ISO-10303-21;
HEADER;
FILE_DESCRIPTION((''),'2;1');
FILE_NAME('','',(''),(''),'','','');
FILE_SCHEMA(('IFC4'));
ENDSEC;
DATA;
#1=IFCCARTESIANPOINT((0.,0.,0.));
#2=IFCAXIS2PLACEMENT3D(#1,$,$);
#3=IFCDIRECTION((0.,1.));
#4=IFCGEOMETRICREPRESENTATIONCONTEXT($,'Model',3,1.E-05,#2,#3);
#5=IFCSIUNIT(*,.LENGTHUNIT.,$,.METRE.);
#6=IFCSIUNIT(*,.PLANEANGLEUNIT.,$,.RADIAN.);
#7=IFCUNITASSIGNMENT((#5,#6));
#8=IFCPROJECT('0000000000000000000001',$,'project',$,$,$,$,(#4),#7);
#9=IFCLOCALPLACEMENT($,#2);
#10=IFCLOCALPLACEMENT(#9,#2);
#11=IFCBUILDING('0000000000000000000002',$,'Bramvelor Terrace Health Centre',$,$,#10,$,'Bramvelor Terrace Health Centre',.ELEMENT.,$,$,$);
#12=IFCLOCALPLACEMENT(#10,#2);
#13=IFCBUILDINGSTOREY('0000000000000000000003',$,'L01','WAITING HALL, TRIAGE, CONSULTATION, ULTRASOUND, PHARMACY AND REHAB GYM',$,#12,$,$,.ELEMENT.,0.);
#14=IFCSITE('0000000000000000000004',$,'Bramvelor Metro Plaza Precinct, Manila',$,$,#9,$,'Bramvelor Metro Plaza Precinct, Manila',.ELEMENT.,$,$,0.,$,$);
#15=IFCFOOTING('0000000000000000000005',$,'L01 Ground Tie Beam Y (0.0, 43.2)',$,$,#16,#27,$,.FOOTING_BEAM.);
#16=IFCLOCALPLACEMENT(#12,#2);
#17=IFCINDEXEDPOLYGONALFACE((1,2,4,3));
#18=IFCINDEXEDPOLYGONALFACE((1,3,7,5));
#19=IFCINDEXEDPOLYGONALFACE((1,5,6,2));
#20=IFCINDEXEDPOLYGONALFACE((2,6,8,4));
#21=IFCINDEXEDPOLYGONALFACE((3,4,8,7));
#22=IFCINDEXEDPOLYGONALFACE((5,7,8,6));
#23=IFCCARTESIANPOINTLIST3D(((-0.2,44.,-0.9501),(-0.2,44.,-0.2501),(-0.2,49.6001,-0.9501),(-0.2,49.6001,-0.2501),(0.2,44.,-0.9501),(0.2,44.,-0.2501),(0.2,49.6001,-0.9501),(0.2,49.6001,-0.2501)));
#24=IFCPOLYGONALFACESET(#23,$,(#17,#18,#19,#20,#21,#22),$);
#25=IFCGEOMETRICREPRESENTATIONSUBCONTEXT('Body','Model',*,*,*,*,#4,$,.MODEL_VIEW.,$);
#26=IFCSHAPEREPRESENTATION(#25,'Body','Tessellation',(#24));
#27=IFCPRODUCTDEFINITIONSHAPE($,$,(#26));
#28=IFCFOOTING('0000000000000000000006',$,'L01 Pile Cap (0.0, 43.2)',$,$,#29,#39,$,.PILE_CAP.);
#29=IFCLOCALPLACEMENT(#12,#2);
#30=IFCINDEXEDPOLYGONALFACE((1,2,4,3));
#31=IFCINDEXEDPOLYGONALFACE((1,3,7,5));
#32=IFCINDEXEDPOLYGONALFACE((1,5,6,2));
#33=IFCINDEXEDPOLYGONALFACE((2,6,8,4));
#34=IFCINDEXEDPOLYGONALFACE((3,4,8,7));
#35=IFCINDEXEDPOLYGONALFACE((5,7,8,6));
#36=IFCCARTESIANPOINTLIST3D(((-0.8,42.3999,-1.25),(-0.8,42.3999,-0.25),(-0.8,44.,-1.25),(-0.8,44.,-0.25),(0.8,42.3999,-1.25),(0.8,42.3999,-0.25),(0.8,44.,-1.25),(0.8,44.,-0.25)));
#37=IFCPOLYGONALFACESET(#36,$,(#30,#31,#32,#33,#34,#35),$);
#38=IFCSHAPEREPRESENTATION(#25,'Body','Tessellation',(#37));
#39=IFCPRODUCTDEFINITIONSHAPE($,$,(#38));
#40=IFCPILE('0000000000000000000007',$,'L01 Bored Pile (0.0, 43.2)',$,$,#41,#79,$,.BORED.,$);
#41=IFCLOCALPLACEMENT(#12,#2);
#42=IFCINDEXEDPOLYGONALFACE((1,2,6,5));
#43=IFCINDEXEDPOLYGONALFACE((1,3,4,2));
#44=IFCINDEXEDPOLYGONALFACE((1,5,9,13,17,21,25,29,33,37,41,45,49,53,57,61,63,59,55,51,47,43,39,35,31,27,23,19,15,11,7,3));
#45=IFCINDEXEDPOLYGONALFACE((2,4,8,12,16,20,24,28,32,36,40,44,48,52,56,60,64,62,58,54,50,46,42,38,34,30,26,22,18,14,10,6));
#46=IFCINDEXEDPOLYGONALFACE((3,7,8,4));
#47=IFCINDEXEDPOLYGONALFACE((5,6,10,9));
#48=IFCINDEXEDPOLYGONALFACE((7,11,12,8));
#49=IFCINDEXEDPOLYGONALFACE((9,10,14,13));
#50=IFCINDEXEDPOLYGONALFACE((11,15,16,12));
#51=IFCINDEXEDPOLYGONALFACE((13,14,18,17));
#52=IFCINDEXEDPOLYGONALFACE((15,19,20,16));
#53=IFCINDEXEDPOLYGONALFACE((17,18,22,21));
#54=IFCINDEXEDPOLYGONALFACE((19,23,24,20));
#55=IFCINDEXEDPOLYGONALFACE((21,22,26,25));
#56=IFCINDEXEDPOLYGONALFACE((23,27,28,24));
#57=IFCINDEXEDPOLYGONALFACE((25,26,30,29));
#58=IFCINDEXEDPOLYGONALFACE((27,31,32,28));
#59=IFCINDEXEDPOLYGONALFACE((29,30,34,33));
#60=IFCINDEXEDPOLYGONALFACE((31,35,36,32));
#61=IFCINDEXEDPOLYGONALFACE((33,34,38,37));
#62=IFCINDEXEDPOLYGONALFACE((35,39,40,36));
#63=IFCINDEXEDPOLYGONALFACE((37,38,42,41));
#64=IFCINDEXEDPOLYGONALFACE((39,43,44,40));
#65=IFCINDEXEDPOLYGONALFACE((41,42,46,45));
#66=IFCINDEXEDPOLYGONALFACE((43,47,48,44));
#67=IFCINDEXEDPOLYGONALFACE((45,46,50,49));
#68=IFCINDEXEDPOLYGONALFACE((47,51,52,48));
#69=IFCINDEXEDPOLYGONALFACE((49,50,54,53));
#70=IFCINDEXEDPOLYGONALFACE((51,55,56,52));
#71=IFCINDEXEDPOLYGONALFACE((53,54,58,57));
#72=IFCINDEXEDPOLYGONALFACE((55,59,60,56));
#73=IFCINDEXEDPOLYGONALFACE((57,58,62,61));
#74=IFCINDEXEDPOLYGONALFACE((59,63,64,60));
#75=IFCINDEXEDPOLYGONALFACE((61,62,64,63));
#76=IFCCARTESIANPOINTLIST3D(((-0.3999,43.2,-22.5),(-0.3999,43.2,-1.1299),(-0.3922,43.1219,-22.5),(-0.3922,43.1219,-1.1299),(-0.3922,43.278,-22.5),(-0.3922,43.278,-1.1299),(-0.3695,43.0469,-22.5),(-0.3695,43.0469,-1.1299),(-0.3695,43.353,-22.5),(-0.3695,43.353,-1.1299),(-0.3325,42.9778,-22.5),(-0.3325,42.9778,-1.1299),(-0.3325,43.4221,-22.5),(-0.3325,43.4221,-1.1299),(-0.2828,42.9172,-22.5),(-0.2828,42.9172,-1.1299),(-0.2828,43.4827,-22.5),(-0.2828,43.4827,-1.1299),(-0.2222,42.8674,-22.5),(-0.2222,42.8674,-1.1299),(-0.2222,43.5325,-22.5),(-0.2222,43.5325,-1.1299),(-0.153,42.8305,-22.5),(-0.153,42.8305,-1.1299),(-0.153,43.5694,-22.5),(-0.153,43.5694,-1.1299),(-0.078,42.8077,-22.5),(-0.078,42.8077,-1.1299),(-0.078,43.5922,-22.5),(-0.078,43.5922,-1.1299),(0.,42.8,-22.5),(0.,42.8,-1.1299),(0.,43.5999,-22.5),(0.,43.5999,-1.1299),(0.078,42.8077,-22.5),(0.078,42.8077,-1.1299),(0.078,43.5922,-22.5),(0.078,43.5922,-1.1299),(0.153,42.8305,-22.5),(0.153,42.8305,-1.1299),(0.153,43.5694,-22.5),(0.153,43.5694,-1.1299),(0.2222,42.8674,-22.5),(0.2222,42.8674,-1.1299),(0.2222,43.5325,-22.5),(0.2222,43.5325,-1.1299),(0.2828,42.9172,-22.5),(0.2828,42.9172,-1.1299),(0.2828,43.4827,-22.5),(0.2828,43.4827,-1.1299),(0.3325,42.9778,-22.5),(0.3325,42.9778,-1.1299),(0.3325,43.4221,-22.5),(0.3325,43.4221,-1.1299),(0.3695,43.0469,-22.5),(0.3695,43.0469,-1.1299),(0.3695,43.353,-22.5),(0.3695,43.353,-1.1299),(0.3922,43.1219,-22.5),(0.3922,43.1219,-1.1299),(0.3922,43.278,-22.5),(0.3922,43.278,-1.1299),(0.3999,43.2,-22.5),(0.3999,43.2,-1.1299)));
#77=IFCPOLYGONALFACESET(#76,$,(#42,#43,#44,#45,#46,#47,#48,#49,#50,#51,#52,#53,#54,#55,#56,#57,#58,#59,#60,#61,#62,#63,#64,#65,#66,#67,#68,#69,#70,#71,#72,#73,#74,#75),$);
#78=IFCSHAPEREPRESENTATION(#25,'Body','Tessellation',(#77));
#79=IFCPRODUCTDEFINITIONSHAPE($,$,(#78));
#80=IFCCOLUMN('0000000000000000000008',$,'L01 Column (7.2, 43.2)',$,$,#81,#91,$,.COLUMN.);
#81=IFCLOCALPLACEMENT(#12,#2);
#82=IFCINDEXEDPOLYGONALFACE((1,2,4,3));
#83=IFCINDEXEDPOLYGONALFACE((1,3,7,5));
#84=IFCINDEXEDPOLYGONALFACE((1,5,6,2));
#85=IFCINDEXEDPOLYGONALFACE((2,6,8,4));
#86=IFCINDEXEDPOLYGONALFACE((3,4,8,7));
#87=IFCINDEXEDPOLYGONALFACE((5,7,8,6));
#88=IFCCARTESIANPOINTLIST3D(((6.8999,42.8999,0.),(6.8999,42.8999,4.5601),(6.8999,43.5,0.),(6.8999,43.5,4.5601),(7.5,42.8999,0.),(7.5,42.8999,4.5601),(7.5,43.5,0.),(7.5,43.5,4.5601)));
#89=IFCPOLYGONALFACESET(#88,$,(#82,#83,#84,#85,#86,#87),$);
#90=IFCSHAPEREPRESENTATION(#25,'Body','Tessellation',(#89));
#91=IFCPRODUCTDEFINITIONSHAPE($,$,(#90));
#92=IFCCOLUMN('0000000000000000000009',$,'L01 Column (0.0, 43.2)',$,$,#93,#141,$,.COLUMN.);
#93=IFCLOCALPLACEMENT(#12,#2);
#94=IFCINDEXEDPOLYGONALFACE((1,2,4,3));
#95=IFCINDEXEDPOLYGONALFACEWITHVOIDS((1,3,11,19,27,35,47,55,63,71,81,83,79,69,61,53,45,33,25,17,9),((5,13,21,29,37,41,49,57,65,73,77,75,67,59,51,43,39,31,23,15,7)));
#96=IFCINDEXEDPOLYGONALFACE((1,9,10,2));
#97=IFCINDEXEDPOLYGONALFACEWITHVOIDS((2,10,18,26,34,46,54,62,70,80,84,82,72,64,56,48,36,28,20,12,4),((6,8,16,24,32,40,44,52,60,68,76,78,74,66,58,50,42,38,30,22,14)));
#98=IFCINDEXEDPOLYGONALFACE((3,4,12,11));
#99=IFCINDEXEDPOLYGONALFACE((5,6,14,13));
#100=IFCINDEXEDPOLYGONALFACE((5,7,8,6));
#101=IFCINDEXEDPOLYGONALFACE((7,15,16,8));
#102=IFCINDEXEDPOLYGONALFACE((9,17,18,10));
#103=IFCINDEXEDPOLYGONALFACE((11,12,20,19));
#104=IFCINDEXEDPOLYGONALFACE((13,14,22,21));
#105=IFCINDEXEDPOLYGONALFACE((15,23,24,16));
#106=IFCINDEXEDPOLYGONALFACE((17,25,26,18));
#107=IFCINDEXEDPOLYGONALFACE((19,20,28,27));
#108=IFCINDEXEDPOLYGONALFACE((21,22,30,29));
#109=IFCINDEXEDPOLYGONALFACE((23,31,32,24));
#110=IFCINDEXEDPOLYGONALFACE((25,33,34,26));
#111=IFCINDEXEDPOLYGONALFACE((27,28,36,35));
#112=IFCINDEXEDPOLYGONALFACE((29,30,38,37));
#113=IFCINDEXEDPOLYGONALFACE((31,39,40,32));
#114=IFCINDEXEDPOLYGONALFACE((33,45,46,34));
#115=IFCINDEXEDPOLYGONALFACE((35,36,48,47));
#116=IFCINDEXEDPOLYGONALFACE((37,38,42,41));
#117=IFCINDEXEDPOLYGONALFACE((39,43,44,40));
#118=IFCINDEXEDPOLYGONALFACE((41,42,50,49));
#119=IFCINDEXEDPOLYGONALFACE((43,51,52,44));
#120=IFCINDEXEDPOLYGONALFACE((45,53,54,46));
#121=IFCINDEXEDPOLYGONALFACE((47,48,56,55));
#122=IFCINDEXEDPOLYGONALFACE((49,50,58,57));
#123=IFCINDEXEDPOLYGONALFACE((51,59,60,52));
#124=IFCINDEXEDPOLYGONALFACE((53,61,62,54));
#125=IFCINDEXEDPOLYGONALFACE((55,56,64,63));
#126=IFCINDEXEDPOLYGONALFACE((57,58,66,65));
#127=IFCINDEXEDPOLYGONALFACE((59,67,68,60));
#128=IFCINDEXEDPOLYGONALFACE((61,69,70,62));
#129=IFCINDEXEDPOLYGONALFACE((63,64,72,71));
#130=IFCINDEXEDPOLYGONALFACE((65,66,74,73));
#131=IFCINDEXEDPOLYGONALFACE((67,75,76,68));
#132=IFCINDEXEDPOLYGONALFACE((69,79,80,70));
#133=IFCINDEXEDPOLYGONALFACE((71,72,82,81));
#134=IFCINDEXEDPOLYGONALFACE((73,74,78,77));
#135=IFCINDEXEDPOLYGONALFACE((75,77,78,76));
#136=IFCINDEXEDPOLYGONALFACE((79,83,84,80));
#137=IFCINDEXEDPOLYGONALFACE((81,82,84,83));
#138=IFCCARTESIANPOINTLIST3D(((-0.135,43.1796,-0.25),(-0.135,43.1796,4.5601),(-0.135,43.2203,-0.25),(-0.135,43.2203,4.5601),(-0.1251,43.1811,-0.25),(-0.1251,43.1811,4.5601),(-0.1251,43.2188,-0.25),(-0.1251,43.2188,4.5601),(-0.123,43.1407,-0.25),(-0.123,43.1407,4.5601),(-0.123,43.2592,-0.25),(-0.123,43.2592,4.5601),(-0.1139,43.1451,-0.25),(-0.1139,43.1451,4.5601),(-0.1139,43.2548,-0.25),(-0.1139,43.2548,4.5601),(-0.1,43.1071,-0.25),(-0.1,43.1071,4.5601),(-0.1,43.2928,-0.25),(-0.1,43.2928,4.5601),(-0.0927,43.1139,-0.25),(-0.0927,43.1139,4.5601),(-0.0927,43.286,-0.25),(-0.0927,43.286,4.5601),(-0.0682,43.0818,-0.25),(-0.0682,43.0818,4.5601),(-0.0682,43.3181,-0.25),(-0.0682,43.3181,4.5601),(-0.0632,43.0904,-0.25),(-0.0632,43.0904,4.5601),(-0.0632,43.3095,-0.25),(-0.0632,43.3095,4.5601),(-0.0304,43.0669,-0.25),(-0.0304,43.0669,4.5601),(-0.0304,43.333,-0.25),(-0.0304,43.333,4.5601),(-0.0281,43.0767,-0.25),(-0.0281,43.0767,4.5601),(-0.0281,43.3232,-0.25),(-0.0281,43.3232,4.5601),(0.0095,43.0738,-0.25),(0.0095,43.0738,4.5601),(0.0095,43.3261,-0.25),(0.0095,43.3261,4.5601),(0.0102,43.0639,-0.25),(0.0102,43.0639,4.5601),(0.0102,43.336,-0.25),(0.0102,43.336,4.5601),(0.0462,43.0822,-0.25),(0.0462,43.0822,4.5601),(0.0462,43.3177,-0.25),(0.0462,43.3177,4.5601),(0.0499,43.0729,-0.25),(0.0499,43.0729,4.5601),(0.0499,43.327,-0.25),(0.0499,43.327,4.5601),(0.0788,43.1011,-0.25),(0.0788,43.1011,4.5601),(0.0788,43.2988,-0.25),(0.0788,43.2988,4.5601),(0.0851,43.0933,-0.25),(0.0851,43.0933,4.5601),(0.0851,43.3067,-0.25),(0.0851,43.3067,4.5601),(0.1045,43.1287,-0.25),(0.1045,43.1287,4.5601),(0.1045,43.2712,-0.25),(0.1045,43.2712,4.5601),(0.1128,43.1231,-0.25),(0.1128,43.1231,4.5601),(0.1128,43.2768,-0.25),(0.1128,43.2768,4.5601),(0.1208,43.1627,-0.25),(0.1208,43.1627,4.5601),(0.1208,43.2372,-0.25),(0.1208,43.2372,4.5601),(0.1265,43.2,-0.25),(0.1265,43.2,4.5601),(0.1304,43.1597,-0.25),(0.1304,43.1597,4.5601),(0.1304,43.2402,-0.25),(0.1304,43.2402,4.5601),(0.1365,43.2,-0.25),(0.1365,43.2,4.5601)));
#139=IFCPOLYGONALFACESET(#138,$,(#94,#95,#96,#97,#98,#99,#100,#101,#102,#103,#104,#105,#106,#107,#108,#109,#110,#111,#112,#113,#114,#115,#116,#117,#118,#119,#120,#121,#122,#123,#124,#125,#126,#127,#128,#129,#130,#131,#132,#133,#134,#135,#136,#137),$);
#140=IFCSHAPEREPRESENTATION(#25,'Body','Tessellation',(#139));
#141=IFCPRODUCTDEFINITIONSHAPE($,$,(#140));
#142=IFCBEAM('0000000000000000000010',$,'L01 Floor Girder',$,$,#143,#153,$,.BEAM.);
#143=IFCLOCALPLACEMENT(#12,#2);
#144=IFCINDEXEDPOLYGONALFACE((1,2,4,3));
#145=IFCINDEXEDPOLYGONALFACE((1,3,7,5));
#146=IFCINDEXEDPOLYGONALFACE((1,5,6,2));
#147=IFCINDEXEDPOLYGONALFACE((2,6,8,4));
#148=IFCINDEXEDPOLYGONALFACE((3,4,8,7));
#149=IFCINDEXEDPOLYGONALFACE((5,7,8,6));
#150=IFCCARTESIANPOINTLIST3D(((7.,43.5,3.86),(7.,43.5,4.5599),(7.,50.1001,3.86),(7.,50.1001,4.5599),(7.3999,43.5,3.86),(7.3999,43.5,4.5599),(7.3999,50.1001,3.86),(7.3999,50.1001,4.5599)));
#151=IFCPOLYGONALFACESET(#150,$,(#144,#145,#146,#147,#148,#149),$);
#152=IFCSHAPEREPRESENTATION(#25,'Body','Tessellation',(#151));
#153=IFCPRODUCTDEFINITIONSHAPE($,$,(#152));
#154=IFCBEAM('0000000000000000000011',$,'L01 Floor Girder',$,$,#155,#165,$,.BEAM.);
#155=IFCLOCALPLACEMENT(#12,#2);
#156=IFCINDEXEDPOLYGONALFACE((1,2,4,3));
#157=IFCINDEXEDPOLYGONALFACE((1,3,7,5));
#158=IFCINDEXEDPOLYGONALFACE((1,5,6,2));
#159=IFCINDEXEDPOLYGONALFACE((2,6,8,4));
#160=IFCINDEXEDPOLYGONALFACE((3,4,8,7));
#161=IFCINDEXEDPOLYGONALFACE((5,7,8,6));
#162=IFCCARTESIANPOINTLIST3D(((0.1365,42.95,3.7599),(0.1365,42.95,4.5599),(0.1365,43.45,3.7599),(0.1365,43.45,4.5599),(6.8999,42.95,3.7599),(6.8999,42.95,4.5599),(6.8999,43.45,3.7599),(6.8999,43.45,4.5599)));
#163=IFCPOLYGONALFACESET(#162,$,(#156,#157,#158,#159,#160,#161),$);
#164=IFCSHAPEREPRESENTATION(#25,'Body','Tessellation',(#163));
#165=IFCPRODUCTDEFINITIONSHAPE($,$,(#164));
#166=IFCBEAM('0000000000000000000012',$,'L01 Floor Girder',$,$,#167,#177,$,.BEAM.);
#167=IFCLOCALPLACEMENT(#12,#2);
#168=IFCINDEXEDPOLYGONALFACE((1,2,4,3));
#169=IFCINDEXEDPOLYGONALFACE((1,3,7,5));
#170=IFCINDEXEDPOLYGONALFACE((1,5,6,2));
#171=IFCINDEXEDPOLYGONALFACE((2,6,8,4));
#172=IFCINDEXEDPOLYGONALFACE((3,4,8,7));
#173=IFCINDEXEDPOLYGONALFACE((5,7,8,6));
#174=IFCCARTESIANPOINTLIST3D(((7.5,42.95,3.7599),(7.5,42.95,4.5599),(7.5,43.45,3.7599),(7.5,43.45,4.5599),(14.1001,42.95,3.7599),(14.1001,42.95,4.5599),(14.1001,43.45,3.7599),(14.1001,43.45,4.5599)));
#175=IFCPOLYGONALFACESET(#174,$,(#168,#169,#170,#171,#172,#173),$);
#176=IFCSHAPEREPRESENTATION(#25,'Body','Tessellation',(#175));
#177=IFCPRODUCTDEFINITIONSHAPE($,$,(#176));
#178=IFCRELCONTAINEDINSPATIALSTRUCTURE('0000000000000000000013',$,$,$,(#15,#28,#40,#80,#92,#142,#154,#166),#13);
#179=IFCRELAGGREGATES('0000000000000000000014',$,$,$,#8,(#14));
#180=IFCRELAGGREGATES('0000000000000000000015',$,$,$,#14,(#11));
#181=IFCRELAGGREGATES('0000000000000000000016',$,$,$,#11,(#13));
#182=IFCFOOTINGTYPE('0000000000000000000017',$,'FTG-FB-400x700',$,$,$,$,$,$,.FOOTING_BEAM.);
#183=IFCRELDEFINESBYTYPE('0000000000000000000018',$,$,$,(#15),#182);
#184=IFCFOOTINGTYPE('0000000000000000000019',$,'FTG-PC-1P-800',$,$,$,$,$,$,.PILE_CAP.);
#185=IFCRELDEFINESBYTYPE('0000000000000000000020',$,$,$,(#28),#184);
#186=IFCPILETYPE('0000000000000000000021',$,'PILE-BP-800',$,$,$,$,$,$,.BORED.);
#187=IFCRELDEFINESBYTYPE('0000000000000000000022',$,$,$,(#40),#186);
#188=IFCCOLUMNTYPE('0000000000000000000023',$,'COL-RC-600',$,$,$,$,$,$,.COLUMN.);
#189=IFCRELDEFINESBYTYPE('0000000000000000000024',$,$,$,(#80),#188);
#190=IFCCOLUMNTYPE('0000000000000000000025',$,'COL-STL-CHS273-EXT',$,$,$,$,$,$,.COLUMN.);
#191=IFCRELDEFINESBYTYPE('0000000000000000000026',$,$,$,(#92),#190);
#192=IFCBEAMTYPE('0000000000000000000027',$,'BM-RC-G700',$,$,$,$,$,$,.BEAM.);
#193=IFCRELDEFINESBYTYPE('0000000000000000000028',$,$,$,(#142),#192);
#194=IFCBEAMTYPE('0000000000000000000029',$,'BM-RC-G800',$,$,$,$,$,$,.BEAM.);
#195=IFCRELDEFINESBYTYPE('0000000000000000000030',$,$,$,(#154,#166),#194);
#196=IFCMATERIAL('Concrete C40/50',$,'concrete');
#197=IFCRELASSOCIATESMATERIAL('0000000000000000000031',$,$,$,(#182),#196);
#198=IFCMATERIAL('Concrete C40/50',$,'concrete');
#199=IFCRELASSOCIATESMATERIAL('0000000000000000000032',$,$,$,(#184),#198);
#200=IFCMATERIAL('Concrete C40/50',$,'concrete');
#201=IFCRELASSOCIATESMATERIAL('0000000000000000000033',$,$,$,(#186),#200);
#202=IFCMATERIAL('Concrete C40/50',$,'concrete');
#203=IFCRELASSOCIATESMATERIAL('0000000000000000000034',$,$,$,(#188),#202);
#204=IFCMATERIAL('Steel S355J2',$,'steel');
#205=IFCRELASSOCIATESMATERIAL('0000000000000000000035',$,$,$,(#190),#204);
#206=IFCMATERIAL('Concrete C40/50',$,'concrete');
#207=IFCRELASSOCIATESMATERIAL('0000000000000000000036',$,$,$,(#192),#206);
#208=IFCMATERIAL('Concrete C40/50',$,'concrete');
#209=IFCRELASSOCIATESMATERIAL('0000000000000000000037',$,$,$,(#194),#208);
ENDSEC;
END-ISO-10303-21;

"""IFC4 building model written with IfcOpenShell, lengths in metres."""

from ifc_helpers import new_model, si_unit, direction, frame, origin, origin_2d, place, context, subcontext, project, spatial, rectangle, circle, hollow_circle, extrude, material, material_profile, profile_set, type_object, element, save


model = new_model("IFC4")

# Units and contexts
model_context = context("Model", 3, precision=1e-05, world=origin(), true_north=direction((0.0, 1.0)))
body_context = subcontext(model_context, "Body", "Model", "MODEL_VIEW")
ifc_project = project(units=[si_unit("LENGTHUNIT", "METRE"), si_unit("PLANEANGLEUNIT", "RADIAN")], contexts=[model_context])

# Site, building, storey
site_placement = place(None, origin())
site = spatial("IfcSite", under=ifc_project, at=site_placement, Name="Bramvelor Metro Plaza Precinct, Manila", LongName="Bramvelor Metro Plaza Precinct, Manila", CompositionType="ELEMENT", RefElevation=0.0)
building_placement = place(site_placement, origin())
building = spatial("IfcBuilding", under=site, at=building_placement, Name="Bramvelor Terrace Health Centre", LongName="Bramvelor Terrace Health Centre", CompositionType="ELEMENT")
storey_placement = place(building_placement, origin())
storey = spatial("IfcBuildingStorey", under=building, at=storey_placement, Name="L01", Description="WAITING HALL, TRIAGE, CONSULTATION, ULTRASOUND, PHARMACY AND REHAB GYM", CompositionType="ELEMENT", Elevation=0.0)

# Footings
ifc_material_1 = material(Name="Concrete C40/50", Category="concrete")
ifc_material_profile_1 = material_profile(ifc_material_1, rectangle(XDim=0.3999, YDim=0.7, at=origin_2d()), Name="RC 400x700")
ifc_profile_set_1 = profile_set([ifc_material_profile_1], Name="Concrete C40/50")
footing_type_1 = type_object("IfcFootingType", Name="FTG-FB-400x700", PredefinedType="FOOTING_BEAM", material=ifc_profile_set_1)
footing_1_placement = place(storey_placement, frame((0.0, 44.0, -0.6001), z_axis=(0.0, 1.0, 0.0), x_axis=(-1.0, 0.0, 0.0)))
element("IfcFooting", 1, at=footing_1_placement, inside=storey, type_object=footing_type_1, Name="L01 Ground Tie Beam Y (0.0, 43.2)", PredefinedType="FOOTING_BEAM", context=body_context, shape_type="SweptSolid", body=[
    extrude(rectangle(XDim=0.3999, YDim=0.7, at=origin_2d()), origin(), (0.0, 0.0, 1.0), 5.6001),
])
ifc_material_2 = material(Name="Concrete C40/50", Category="concrete")
footing_type_2 = type_object("IfcFootingType", Name="FTG-PC-1P-800", PredefinedType="PILE_CAP", material=ifc_material_2)
footing_2_placement = place(storey_placement, frame((0.0, 43.2, -1.25), z_axis=(0.0, 0.0, 1.0), x_axis=(1.0, 0.0, 0.0)))
element("IfcFooting", 2, at=footing_2_placement, inside=storey, type_object=footing_type_2, Name="L01 Pile Cap (0.0, 43.2)", PredefinedType="PILE_CAP", context=body_context, shape_type="SweptSolid", body=[
    extrude(rectangle(XDim=1.6001, YDim=1.6001, at=origin_2d()), origin(), (0.0, 0.0, 1.0), 1.0),
])

# Pile
ifc_material_3 = material(Name="Concrete C40/50", Category="concrete")
ifc_material_profile_2 = material_profile(ifc_material_3, circle(Radius=0.3999, at=origin_2d()), Name="BP D800")
ifc_profile_set_2 = profile_set([ifc_material_profile_2], Name="Concrete C40/50")
pile_type = type_object("IfcPileType", Name="PILE-BP-800", PredefinedType="BORED", material=ifc_profile_set_2)
pile_placement = place(storey_placement, frame((0.0, 43.2, -1.1299), z_axis=(0.0, 0.0, -1.0), x_axis=(1.0, 0.0, 0.0)))
element("IfcPile", 3, at=pile_placement, inside=storey, type_object=pile_type, Name="L01 Bored Pile (0.0, 43.2)", PredefinedType="BORED", context=body_context, shape_type="SweptSolid", body=[
    extrude(circle(Radius=0.3999, at=origin_2d()), origin(), (0.0, 0.0, 1.0), 21.3701),
])

# Columns
ifc_material_4 = material(Name="Concrete C40/50", Category="concrete")
ifc_material_profile_3 = material_profile(ifc_material_4, rectangle(XDim=0.6001, YDim=0.6001, at=origin_2d()), Name="RC 600x600")
ifc_profile_set_3 = profile_set([ifc_material_profile_3], Name="Concrete C40/50")
column_type_1 = type_object("IfcColumnType", Name="COL-RC-600", PredefinedType="COLUMN", material=ifc_profile_set_3)
column_1_placement = place(storey_placement, frame((7.2, 43.2, 0.0), z_axis=(0.0, 0.0, 1.0), x_axis=(1.0, 0.0, 0.0)))
element("IfcColumn", 4, at=column_1_placement, inside=storey, type_object=column_type_1, Name="L01 Column (7.2, 43.2)", PredefinedType="COLUMN", context=body_context, shape_type="SweptSolid", body=[
    extrude(rectangle(XDim=0.6001, YDim=0.6001, at=origin_2d()), origin(), (0.0, 0.0, 1.0), 4.5601),
])
ifc_material_5 = material(Name="Steel S355J2", Category="steel")
ifc_material_profile_4 = material_profile(ifc_material_5, hollow_circle(Radius=0.1365, WallThickness=0.01, at=origin_2d()), Name="CHS 273.0x10.0")
ifc_profile_set_4 = profile_set([ifc_material_profile_4], Name="Steel S355J2")
column_type_2 = type_object("IfcColumnType", Name="COL-STL-CHS273-EXT", PredefinedType="COLUMN", material=ifc_profile_set_4)
column_2_placement = place(storey_placement, frame((0.0, 43.2, -0.25), z_axis=(0.0, 0.0, 1.0), x_axis=(1.0, 0.0, 0.0)))
element("IfcColumn", 5, at=column_2_placement, inside=storey, type_object=column_type_2, Name="L01 Column (0.0, 43.2)", PredefinedType="COLUMN", context=body_context, shape_type="SweptSolid", body=[
    extrude(hollow_circle(Radius=0.1365, WallThickness=0.01, at=origin_2d()), origin(), (0.0, 0.0, 1.0), 4.8101),
])

# Beams
ifc_material_6 = material(Name="Concrete C40/50", Category="concrete")
ifc_material_profile_5 = material_profile(ifc_material_6, rectangle(XDim=0.3999, YDim=0.7, at=origin_2d()), Name="RC 400x700")
ifc_profile_set_5 = profile_set([ifc_material_profile_5], Name="Concrete C40/50")
beam_type_1 = type_object("IfcBeamType", Name="BM-RC-G700", PredefinedType="BEAM", material=ifc_profile_set_5)
beam_1_placement = place(storey_placement, frame((7.2, 43.5, 4.21), z_axis=(0.0, 1.0, 0.0), x_axis=(-1.0, 0.0, 0.0)))
element("IfcBeam", 6, at=beam_1_placement, inside=storey, type_object=beam_type_1, Name="L01 Floor Girder", PredefinedType="BEAM", context=body_context, shape_type="SweptSolid", body=[
    extrude(rectangle(XDim=0.3999, YDim=0.7, at=origin_2d()), origin(), (0.0, 0.0, 1.0), 6.6001),
])
ifc_material_7 = material(Name="Concrete C40/50", Category="concrete")
ifc_material_profile_6 = material_profile(ifc_material_7, rectangle(XDim=0.5, YDim=0.8, at=origin_2d()), Name="RC 500x800")
ifc_profile_set_6 = profile_set([ifc_material_profile_6], Name="Concrete C40/50")
beam_type_2 = type_object("IfcBeamType", Name="BM-RC-G800", PredefinedType="BEAM", material=ifc_profile_set_6)
beam_2_placement = place(storey_placement, frame((0.1365, 43.2, 4.1599), z_axis=(1.0, 0.0, 0.0), x_axis=(0.0, 1.0, 0.0)))
element("IfcBeam", 7, at=beam_2_placement, inside=storey, type_object=beam_type_2, Name="L01 Floor Girder", PredefinedType="BEAM", context=body_context, shape_type="SweptSolid", body=[
    extrude(rectangle(XDim=0.5, YDim=0.8, at=origin_2d()), origin(), (0.0, 0.0, 1.0), 6.7634),
])
beam_3_placement = place(storey_placement, frame((7.5, 43.2, 4.1599), z_axis=(1.0, 0.0, 0.0), x_axis=(0.0, 1.0, 0.0)))
element("IfcBeam", 8, at=beam_3_placement, inside=storey, type_object=beam_type_2, Name="L01 Floor Girder", PredefinedType="BEAM", context=body_context, shape_type="SweptSolid", body=[
    extrude(rectangle(XDim=0.5, YDim=0.8, at=origin_2d()), origin(), (0.0, 0.0, 1.0), 6.6001),
])

save(model, "model.ifc")
